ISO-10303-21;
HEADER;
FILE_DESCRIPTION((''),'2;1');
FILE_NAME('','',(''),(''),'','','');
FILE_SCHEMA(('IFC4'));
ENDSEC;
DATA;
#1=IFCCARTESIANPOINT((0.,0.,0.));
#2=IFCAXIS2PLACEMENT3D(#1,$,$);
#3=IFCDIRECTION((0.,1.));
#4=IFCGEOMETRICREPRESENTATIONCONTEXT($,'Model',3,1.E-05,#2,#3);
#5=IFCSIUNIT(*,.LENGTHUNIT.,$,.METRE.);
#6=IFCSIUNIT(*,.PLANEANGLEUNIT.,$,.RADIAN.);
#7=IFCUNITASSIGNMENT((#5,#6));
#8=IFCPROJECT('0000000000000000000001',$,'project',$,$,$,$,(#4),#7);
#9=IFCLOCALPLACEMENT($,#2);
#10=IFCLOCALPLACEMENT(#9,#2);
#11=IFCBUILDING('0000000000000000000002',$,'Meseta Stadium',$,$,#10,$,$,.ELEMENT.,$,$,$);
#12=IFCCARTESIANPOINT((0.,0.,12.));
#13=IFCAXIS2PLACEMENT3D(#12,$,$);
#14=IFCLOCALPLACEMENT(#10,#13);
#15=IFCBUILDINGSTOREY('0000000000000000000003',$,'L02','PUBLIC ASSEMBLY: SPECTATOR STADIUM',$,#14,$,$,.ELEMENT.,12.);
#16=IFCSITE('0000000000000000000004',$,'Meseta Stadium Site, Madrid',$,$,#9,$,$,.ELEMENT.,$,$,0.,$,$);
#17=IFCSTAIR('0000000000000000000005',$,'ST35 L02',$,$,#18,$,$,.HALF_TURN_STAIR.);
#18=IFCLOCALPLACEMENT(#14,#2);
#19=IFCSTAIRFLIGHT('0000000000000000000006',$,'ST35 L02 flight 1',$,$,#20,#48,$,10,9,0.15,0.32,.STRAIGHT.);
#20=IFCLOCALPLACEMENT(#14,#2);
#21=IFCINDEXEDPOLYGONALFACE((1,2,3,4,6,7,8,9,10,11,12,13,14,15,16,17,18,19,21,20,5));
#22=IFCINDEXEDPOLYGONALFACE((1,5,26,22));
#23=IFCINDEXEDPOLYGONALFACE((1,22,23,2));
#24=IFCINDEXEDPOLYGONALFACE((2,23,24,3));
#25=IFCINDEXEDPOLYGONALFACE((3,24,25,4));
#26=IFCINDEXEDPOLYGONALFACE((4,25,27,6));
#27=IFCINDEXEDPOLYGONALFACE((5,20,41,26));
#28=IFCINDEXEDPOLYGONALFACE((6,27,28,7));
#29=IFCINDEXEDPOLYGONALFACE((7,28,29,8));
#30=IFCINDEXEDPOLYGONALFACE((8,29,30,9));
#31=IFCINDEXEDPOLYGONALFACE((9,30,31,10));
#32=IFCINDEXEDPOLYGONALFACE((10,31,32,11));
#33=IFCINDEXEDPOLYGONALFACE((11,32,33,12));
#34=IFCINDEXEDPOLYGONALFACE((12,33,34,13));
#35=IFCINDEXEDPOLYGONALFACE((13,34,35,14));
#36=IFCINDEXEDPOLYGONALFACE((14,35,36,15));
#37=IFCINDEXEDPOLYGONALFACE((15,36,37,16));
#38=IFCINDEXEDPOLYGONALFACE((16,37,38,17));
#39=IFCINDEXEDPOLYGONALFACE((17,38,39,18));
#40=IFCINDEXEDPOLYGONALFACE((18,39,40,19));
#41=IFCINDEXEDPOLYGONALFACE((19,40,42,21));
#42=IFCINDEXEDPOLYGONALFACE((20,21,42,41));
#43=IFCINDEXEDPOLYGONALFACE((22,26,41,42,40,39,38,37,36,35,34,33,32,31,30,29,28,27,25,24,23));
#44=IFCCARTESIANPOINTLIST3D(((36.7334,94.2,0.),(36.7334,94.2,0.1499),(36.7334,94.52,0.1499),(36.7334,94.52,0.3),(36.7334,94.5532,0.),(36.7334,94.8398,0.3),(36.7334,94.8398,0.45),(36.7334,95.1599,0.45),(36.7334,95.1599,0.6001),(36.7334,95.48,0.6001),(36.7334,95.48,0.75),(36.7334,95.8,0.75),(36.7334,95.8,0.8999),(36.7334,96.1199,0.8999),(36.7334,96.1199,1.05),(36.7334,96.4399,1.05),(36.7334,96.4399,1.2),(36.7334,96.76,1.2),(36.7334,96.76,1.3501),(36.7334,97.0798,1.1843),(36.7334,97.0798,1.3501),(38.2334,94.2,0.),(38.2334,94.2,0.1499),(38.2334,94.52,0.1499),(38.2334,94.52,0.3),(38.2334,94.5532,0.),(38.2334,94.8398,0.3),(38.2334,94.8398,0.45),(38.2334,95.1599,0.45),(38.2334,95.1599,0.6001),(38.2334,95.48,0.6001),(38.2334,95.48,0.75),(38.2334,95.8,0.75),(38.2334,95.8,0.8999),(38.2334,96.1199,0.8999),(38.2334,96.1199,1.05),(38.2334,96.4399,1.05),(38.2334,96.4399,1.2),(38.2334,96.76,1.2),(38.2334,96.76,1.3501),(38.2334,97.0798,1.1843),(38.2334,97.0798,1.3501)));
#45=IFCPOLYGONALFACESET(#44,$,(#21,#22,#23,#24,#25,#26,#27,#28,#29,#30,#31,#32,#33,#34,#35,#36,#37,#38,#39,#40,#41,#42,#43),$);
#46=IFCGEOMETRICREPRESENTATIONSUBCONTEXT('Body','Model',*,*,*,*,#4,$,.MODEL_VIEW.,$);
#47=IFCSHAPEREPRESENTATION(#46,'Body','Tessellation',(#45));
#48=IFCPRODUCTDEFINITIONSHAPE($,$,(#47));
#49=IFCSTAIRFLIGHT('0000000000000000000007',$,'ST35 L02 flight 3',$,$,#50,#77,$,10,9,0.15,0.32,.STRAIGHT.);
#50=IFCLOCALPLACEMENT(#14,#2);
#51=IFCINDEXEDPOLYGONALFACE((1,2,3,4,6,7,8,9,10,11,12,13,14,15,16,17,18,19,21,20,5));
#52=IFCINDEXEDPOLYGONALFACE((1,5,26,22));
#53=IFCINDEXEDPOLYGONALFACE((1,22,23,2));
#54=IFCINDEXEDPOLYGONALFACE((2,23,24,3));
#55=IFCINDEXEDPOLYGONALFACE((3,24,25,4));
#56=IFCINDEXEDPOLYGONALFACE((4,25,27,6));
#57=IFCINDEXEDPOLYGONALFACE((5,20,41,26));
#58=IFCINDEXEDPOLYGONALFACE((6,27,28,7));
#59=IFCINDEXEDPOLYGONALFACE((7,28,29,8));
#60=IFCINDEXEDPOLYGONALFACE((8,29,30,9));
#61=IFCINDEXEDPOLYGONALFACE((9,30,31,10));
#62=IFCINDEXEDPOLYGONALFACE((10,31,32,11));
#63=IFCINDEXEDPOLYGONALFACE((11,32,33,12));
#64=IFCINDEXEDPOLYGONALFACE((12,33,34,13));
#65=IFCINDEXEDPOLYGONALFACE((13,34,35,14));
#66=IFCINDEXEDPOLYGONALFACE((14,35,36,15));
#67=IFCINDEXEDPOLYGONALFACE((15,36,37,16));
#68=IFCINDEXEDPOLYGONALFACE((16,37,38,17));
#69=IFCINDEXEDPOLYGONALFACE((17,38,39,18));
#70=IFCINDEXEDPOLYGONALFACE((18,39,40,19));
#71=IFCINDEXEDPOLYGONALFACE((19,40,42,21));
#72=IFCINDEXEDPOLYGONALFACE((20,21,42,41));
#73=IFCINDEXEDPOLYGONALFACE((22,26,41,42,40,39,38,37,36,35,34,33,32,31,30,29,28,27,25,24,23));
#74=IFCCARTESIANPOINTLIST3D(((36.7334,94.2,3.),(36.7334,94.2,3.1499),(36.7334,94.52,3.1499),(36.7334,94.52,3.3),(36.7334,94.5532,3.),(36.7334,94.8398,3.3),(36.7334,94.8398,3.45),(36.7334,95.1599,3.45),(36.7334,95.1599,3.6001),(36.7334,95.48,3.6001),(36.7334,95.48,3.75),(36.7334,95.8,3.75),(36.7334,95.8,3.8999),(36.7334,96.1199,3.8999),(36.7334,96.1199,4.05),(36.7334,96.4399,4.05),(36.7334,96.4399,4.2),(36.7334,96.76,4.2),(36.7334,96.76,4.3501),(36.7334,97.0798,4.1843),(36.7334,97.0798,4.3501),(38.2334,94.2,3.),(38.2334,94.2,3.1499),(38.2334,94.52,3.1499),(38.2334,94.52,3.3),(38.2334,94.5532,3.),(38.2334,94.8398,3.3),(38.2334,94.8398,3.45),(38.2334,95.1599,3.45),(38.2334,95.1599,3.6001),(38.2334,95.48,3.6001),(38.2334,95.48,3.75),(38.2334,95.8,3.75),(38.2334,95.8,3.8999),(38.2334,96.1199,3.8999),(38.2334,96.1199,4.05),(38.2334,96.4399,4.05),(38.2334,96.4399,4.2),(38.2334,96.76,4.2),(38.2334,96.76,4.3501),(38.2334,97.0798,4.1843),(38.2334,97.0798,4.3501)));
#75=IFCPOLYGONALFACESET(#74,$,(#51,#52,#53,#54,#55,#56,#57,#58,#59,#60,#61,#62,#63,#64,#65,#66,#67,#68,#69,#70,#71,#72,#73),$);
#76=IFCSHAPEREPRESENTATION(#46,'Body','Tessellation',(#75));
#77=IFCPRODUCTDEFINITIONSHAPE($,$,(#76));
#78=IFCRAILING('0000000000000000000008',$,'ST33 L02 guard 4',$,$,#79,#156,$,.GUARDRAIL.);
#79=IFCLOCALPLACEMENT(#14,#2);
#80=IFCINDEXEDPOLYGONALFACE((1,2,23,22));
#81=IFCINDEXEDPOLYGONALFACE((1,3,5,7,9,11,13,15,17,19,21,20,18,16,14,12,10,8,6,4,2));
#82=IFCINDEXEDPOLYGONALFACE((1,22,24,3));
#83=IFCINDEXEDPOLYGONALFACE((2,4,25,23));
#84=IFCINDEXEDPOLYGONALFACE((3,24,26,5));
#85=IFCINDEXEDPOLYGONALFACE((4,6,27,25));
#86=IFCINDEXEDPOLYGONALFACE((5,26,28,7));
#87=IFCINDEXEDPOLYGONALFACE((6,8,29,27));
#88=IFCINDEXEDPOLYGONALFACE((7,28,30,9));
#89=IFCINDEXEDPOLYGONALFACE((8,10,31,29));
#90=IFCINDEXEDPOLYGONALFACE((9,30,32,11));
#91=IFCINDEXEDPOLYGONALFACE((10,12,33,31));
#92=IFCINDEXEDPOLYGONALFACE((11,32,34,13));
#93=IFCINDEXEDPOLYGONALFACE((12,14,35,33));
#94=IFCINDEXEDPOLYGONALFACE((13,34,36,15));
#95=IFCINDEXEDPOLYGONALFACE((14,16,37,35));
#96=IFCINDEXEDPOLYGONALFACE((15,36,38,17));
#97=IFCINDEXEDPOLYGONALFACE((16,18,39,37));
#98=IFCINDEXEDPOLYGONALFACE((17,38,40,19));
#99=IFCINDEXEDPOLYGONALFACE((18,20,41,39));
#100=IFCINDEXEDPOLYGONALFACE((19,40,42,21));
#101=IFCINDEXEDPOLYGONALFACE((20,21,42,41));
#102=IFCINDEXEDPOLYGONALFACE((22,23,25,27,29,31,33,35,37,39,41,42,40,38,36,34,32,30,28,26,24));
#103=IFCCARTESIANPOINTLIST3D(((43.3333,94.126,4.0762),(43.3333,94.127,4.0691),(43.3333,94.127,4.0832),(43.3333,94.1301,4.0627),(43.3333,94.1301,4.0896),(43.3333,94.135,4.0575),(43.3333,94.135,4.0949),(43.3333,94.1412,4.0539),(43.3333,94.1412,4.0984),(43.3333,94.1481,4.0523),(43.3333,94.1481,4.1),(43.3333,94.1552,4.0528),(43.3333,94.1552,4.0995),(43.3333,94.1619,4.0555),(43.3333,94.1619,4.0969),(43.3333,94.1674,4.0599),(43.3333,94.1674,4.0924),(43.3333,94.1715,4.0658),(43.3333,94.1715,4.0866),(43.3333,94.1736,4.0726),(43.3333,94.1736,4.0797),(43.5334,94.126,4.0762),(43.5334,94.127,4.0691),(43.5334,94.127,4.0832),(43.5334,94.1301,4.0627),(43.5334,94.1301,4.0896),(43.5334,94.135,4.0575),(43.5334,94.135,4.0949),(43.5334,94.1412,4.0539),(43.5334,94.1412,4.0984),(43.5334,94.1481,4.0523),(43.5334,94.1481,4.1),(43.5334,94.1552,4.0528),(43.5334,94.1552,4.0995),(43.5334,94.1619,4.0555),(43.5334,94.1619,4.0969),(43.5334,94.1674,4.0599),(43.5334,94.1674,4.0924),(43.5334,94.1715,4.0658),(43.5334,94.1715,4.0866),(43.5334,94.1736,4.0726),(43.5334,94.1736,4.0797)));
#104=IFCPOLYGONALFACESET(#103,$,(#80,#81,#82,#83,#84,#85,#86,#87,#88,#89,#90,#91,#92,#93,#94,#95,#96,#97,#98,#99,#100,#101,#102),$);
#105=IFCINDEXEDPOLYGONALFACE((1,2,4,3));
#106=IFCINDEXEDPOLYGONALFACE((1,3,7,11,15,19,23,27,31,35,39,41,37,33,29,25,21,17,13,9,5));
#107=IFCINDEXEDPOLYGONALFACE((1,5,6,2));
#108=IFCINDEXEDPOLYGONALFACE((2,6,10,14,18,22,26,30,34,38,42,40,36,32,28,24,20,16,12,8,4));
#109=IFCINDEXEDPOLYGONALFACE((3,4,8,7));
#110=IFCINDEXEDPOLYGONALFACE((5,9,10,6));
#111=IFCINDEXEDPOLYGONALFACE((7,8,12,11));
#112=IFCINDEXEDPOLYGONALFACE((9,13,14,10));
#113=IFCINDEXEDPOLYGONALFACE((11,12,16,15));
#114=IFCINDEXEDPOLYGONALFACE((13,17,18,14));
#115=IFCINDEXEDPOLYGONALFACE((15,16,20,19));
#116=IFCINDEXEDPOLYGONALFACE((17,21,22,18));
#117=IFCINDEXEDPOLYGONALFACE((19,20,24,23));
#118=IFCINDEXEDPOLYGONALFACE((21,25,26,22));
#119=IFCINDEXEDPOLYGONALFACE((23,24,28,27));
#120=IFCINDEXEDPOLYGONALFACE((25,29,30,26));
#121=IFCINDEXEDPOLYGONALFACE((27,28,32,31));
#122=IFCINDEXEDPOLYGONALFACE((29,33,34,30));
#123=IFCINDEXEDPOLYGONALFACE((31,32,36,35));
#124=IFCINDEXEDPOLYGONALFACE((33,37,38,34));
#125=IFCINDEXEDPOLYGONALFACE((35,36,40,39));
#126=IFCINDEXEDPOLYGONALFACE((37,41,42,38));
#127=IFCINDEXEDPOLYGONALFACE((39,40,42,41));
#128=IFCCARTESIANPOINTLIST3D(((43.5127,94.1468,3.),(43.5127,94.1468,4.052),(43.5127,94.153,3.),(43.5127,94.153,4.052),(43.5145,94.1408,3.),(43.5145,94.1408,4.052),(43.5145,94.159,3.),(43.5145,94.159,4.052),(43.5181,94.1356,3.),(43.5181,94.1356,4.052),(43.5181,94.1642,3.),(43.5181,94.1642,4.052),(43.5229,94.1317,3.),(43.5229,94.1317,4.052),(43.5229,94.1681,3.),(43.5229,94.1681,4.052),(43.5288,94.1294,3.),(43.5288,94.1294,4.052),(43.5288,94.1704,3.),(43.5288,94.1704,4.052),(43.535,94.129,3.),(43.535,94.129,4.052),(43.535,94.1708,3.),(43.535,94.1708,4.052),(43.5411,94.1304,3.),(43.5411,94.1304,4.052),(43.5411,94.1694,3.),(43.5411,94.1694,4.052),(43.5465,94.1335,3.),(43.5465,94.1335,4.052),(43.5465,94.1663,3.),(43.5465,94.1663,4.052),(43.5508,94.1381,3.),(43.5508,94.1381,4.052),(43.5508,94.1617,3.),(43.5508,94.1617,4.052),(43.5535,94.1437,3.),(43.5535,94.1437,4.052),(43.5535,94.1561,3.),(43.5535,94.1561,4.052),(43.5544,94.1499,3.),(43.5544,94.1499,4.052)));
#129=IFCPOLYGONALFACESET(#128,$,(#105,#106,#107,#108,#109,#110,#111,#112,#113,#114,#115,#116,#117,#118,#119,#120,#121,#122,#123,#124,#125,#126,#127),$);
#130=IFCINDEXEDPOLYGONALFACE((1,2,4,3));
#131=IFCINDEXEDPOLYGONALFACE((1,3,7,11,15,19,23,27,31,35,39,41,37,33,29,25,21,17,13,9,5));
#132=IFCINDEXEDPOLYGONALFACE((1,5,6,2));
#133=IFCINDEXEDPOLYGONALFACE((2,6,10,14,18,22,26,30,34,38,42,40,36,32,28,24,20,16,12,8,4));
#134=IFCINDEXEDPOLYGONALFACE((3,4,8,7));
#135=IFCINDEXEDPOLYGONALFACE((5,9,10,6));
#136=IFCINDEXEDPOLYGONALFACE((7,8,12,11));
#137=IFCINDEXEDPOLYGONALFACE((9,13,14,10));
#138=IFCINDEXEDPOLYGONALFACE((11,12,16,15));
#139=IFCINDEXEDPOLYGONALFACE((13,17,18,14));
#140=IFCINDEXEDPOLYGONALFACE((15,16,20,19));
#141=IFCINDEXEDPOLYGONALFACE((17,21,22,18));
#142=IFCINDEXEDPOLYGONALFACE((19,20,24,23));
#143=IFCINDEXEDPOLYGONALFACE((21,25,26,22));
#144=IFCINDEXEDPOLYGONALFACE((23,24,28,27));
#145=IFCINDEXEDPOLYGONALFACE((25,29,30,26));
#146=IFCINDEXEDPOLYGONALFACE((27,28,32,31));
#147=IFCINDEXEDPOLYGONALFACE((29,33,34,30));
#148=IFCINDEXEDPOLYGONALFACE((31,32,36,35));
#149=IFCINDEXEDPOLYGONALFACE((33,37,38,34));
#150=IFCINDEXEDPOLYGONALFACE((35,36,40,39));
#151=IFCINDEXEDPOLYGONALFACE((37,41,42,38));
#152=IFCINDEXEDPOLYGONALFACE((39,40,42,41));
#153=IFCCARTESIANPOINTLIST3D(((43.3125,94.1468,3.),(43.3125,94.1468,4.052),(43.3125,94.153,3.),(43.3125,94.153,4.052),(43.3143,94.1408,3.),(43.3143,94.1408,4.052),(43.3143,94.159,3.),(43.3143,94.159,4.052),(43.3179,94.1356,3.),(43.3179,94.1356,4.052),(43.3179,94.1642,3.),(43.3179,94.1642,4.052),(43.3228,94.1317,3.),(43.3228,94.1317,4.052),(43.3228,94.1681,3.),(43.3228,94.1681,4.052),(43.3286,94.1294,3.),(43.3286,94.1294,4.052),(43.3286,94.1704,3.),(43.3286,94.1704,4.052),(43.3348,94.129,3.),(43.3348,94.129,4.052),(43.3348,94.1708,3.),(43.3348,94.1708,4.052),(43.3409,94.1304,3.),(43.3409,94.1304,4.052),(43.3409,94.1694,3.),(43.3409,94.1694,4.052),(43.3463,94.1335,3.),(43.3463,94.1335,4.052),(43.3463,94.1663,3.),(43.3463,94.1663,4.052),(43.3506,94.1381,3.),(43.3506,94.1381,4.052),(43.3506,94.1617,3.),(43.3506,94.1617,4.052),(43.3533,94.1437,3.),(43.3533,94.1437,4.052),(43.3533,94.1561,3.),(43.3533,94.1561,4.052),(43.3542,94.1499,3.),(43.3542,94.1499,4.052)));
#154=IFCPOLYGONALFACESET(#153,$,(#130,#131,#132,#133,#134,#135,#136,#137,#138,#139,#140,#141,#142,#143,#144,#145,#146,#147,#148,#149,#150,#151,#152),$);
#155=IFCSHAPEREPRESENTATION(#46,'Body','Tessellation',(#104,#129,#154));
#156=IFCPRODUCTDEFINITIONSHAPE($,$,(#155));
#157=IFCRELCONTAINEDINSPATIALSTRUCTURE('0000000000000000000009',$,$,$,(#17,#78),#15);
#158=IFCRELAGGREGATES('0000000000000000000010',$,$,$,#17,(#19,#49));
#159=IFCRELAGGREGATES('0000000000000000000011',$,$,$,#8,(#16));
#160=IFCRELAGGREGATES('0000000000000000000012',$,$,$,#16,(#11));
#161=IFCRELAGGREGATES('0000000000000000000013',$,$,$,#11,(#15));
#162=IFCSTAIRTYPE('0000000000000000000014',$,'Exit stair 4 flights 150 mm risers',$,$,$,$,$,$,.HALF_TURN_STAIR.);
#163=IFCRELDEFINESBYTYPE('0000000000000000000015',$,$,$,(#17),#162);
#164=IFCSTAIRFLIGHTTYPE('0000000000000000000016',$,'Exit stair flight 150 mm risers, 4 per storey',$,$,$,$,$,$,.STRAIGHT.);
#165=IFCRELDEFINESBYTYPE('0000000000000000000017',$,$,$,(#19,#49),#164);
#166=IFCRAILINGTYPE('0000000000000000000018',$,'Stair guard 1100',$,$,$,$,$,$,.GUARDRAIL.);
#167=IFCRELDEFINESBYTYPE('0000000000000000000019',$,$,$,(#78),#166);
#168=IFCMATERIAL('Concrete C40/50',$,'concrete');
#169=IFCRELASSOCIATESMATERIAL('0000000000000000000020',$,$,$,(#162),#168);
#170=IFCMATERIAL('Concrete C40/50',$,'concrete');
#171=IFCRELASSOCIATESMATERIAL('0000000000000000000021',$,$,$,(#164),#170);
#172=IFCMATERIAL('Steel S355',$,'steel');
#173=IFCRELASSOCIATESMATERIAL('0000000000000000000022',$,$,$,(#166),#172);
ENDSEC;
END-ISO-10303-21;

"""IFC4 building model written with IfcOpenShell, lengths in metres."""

from ifc_helpers import new_model, si_unit, direction, frame, origin, origin_2d, place, context, subcontext, project, spatial, polyline, circle, outline, extrude, material, type_object, element, aggregate, save


model = new_model("IFC4")

# Units and contexts
model_context = context("Model", 3, precision=1e-05, world=origin(), true_north=direction((0.0, 1.0)))
body_context = subcontext(model_context, "Body", "Model", "MODEL_VIEW")
ifc_project = project(units=[si_unit("LENGTHUNIT", "METRE"), si_unit("PLANEANGLEUNIT", "RADIAN")], contexts=[model_context])

# Site, building, storey
site_placement = place(None, origin())
site = spatial("IfcSite", under=ifc_project, at=site_placement, Name="Meseta Stadium Site, Madrid", CompositionType="ELEMENT", RefElevation=0.0)
building_placement = place(site_placement, origin())
building = spatial("IfcBuilding", under=site, at=building_placement, Name="Meseta Stadium", CompositionType="ELEMENT")
storey_placement = place(building_placement, frame((0.0, 0.0, 12.0)))
storey = spatial("IfcBuildingStorey", under=building, at=storey_placement, Name="L02", Description="PUBLIC ASSEMBLY: SPECTATOR STADIUM", CompositionType="ELEMENT", Elevation=12.0)

# Stair, stair flights
ifc_material_1 = material(Name="Concrete C40/50", Category="concrete")
stair_type = type_object("IfcStairType", Name="Exit stair 4 flights 150 mm risers", PredefinedType="HALF_TURN_STAIR", material=ifc_material_1)
stair_placement = place(storey_placement, origin())
stair = element("IfcStair", 1, at=stair_placement, inside=storey, type_object=stair_type, Name="ST35 L02", PredefinedType="HALF_TURN_STAIR")
ifc_material_2 = material(Name="Concrete C40/50", Category="concrete")
stair_flight_type = type_object("IfcStairFlightType", Name="Exit stair flight 150 mm risers, 4 per storey", PredefinedType="STRAIGHT", material=ifc_material_2)
stair_flight_1_placement = place(storey_placement, frame((37.4834, 94.2, 0.0), z_axis=(0.0, 0.0, 1.0), x_axis=(0.0, 1.0, 0.0)))
stair_flight_1 = element("IfcStairFlight", 2, at=stair_flight_1_placement, type_object=stair_flight_type, Name="ST35 L02 flight 1", NumberOfRisers=10, NumberOfTreads=9, PredefinedType="STRAIGHT", RiserHeight=0.15, TreadLength=0.32, context=body_context, shape_type="SweptSolid", body=[
    extrude(outline(polyline([(0.0, 0.0), (0.0, 0.1499), (0.3201, 0.1499), (0.3201, 0.3), (0.6399, 0.3), (0.6399, 0.45), (0.96, 0.45), (0.96, 0.6001), (1.28, 0.6001), (1.28, 0.75), (1.6001, 0.75), (1.6001, 0.8999), (1.9199, 0.8999), (1.9199, 1.05), (2.24, 1.05), (2.24, 1.2), (2.5601, 1.2), (2.5601, 1.3501), (2.8799, 1.3501), (2.8799, 1.1843), (0.3533, 0.0), (0.0, 0.0)])), frame((0.0, 0.75, 0.0), z_axis=(0.0, -1.0, 0.0), x_axis=(1.0, 0.0, 0.0)), (0.0, 0.0, 1.0), 1.5),
])
stair_flight_2_placement = place(storey_placement, frame((37.4834, 94.2, 3.0), z_axis=(0.0, 0.0, 1.0), x_axis=(0.0, 1.0, 0.0)))
stair_flight_2 = element("IfcStairFlight", 3, at=stair_flight_2_placement, type_object=stair_flight_type, Name="ST35 L02 flight 3", NumberOfRisers=10, NumberOfTreads=9, PredefinedType="STRAIGHT", RiserHeight=0.15, TreadLength=0.32, context=body_context, shape_type="SweptSolid", body=[
    extrude(outline(polyline([(0.0, 0.0), (0.0, 0.1499), (0.3201, 0.1499), (0.3201, 0.3), (0.6399, 0.3), (0.6399, 0.45), (0.96, 0.45), (0.96, 0.6001), (1.28, 0.6001), (1.28, 0.75), (1.6001, 0.75), (1.6001, 0.8999), (1.9199, 0.8999), (1.9199, 1.05), (2.24, 1.05), (2.24, 1.2), (2.5601, 1.2), (2.5601, 1.3501), (2.8799, 1.3501), (2.8799, 1.1843), (0.3533, 0.0), (0.0, 0.0)])), frame((0.0, 0.75, 0.0), z_axis=(0.0, -1.0, 0.0), x_axis=(1.0, 0.0, 0.0)), (0.0, 0.0, 1.0), 1.5),
])
aggregate(stair, [stair_flight_1, stair_flight_2])

# Railing
ifc_material_3 = material(Name="Steel S355", Category="steel")
railing_type_1 = type_object("IfcRailingType", Name="Stair guard 1100", PredefinedType="GUARDRAIL", material=ifc_material_3)
for number, where, name in (
    (4, (43.5334, 94.1499, 3.0), "ST33 L02 guard 4"),
):
    element("IfcRailing", number, at=place(storey_placement, frame(where)), inside=storey, type_object=railing_type_1, Name=name, PredefinedType="GUARDRAIL", context=body_context, shape_type="SweptSolid", body=[
        extrude(circle(Radius=0.0239, at=origin_2d()), frame((0.0, 0.0, 1.0762), z_axis=(-1.0, 0.0, 0.0), x_axis=(0.0, -1.0, 0.0)), (0.0, 0.0, 1.0), 0.2002),
        extrude(circle(Radius=0.021, at=origin_2d()), origin(), (0.0, 0.0, 1.0), 1.052),
        extrude(circle(Radius=0.021, at=origin_2d()), frame((-0.2002, 0.0, 0.0)), (0.0, 0.0, 1.0), 1.052),
    ])

save(model, "model.ifc")
